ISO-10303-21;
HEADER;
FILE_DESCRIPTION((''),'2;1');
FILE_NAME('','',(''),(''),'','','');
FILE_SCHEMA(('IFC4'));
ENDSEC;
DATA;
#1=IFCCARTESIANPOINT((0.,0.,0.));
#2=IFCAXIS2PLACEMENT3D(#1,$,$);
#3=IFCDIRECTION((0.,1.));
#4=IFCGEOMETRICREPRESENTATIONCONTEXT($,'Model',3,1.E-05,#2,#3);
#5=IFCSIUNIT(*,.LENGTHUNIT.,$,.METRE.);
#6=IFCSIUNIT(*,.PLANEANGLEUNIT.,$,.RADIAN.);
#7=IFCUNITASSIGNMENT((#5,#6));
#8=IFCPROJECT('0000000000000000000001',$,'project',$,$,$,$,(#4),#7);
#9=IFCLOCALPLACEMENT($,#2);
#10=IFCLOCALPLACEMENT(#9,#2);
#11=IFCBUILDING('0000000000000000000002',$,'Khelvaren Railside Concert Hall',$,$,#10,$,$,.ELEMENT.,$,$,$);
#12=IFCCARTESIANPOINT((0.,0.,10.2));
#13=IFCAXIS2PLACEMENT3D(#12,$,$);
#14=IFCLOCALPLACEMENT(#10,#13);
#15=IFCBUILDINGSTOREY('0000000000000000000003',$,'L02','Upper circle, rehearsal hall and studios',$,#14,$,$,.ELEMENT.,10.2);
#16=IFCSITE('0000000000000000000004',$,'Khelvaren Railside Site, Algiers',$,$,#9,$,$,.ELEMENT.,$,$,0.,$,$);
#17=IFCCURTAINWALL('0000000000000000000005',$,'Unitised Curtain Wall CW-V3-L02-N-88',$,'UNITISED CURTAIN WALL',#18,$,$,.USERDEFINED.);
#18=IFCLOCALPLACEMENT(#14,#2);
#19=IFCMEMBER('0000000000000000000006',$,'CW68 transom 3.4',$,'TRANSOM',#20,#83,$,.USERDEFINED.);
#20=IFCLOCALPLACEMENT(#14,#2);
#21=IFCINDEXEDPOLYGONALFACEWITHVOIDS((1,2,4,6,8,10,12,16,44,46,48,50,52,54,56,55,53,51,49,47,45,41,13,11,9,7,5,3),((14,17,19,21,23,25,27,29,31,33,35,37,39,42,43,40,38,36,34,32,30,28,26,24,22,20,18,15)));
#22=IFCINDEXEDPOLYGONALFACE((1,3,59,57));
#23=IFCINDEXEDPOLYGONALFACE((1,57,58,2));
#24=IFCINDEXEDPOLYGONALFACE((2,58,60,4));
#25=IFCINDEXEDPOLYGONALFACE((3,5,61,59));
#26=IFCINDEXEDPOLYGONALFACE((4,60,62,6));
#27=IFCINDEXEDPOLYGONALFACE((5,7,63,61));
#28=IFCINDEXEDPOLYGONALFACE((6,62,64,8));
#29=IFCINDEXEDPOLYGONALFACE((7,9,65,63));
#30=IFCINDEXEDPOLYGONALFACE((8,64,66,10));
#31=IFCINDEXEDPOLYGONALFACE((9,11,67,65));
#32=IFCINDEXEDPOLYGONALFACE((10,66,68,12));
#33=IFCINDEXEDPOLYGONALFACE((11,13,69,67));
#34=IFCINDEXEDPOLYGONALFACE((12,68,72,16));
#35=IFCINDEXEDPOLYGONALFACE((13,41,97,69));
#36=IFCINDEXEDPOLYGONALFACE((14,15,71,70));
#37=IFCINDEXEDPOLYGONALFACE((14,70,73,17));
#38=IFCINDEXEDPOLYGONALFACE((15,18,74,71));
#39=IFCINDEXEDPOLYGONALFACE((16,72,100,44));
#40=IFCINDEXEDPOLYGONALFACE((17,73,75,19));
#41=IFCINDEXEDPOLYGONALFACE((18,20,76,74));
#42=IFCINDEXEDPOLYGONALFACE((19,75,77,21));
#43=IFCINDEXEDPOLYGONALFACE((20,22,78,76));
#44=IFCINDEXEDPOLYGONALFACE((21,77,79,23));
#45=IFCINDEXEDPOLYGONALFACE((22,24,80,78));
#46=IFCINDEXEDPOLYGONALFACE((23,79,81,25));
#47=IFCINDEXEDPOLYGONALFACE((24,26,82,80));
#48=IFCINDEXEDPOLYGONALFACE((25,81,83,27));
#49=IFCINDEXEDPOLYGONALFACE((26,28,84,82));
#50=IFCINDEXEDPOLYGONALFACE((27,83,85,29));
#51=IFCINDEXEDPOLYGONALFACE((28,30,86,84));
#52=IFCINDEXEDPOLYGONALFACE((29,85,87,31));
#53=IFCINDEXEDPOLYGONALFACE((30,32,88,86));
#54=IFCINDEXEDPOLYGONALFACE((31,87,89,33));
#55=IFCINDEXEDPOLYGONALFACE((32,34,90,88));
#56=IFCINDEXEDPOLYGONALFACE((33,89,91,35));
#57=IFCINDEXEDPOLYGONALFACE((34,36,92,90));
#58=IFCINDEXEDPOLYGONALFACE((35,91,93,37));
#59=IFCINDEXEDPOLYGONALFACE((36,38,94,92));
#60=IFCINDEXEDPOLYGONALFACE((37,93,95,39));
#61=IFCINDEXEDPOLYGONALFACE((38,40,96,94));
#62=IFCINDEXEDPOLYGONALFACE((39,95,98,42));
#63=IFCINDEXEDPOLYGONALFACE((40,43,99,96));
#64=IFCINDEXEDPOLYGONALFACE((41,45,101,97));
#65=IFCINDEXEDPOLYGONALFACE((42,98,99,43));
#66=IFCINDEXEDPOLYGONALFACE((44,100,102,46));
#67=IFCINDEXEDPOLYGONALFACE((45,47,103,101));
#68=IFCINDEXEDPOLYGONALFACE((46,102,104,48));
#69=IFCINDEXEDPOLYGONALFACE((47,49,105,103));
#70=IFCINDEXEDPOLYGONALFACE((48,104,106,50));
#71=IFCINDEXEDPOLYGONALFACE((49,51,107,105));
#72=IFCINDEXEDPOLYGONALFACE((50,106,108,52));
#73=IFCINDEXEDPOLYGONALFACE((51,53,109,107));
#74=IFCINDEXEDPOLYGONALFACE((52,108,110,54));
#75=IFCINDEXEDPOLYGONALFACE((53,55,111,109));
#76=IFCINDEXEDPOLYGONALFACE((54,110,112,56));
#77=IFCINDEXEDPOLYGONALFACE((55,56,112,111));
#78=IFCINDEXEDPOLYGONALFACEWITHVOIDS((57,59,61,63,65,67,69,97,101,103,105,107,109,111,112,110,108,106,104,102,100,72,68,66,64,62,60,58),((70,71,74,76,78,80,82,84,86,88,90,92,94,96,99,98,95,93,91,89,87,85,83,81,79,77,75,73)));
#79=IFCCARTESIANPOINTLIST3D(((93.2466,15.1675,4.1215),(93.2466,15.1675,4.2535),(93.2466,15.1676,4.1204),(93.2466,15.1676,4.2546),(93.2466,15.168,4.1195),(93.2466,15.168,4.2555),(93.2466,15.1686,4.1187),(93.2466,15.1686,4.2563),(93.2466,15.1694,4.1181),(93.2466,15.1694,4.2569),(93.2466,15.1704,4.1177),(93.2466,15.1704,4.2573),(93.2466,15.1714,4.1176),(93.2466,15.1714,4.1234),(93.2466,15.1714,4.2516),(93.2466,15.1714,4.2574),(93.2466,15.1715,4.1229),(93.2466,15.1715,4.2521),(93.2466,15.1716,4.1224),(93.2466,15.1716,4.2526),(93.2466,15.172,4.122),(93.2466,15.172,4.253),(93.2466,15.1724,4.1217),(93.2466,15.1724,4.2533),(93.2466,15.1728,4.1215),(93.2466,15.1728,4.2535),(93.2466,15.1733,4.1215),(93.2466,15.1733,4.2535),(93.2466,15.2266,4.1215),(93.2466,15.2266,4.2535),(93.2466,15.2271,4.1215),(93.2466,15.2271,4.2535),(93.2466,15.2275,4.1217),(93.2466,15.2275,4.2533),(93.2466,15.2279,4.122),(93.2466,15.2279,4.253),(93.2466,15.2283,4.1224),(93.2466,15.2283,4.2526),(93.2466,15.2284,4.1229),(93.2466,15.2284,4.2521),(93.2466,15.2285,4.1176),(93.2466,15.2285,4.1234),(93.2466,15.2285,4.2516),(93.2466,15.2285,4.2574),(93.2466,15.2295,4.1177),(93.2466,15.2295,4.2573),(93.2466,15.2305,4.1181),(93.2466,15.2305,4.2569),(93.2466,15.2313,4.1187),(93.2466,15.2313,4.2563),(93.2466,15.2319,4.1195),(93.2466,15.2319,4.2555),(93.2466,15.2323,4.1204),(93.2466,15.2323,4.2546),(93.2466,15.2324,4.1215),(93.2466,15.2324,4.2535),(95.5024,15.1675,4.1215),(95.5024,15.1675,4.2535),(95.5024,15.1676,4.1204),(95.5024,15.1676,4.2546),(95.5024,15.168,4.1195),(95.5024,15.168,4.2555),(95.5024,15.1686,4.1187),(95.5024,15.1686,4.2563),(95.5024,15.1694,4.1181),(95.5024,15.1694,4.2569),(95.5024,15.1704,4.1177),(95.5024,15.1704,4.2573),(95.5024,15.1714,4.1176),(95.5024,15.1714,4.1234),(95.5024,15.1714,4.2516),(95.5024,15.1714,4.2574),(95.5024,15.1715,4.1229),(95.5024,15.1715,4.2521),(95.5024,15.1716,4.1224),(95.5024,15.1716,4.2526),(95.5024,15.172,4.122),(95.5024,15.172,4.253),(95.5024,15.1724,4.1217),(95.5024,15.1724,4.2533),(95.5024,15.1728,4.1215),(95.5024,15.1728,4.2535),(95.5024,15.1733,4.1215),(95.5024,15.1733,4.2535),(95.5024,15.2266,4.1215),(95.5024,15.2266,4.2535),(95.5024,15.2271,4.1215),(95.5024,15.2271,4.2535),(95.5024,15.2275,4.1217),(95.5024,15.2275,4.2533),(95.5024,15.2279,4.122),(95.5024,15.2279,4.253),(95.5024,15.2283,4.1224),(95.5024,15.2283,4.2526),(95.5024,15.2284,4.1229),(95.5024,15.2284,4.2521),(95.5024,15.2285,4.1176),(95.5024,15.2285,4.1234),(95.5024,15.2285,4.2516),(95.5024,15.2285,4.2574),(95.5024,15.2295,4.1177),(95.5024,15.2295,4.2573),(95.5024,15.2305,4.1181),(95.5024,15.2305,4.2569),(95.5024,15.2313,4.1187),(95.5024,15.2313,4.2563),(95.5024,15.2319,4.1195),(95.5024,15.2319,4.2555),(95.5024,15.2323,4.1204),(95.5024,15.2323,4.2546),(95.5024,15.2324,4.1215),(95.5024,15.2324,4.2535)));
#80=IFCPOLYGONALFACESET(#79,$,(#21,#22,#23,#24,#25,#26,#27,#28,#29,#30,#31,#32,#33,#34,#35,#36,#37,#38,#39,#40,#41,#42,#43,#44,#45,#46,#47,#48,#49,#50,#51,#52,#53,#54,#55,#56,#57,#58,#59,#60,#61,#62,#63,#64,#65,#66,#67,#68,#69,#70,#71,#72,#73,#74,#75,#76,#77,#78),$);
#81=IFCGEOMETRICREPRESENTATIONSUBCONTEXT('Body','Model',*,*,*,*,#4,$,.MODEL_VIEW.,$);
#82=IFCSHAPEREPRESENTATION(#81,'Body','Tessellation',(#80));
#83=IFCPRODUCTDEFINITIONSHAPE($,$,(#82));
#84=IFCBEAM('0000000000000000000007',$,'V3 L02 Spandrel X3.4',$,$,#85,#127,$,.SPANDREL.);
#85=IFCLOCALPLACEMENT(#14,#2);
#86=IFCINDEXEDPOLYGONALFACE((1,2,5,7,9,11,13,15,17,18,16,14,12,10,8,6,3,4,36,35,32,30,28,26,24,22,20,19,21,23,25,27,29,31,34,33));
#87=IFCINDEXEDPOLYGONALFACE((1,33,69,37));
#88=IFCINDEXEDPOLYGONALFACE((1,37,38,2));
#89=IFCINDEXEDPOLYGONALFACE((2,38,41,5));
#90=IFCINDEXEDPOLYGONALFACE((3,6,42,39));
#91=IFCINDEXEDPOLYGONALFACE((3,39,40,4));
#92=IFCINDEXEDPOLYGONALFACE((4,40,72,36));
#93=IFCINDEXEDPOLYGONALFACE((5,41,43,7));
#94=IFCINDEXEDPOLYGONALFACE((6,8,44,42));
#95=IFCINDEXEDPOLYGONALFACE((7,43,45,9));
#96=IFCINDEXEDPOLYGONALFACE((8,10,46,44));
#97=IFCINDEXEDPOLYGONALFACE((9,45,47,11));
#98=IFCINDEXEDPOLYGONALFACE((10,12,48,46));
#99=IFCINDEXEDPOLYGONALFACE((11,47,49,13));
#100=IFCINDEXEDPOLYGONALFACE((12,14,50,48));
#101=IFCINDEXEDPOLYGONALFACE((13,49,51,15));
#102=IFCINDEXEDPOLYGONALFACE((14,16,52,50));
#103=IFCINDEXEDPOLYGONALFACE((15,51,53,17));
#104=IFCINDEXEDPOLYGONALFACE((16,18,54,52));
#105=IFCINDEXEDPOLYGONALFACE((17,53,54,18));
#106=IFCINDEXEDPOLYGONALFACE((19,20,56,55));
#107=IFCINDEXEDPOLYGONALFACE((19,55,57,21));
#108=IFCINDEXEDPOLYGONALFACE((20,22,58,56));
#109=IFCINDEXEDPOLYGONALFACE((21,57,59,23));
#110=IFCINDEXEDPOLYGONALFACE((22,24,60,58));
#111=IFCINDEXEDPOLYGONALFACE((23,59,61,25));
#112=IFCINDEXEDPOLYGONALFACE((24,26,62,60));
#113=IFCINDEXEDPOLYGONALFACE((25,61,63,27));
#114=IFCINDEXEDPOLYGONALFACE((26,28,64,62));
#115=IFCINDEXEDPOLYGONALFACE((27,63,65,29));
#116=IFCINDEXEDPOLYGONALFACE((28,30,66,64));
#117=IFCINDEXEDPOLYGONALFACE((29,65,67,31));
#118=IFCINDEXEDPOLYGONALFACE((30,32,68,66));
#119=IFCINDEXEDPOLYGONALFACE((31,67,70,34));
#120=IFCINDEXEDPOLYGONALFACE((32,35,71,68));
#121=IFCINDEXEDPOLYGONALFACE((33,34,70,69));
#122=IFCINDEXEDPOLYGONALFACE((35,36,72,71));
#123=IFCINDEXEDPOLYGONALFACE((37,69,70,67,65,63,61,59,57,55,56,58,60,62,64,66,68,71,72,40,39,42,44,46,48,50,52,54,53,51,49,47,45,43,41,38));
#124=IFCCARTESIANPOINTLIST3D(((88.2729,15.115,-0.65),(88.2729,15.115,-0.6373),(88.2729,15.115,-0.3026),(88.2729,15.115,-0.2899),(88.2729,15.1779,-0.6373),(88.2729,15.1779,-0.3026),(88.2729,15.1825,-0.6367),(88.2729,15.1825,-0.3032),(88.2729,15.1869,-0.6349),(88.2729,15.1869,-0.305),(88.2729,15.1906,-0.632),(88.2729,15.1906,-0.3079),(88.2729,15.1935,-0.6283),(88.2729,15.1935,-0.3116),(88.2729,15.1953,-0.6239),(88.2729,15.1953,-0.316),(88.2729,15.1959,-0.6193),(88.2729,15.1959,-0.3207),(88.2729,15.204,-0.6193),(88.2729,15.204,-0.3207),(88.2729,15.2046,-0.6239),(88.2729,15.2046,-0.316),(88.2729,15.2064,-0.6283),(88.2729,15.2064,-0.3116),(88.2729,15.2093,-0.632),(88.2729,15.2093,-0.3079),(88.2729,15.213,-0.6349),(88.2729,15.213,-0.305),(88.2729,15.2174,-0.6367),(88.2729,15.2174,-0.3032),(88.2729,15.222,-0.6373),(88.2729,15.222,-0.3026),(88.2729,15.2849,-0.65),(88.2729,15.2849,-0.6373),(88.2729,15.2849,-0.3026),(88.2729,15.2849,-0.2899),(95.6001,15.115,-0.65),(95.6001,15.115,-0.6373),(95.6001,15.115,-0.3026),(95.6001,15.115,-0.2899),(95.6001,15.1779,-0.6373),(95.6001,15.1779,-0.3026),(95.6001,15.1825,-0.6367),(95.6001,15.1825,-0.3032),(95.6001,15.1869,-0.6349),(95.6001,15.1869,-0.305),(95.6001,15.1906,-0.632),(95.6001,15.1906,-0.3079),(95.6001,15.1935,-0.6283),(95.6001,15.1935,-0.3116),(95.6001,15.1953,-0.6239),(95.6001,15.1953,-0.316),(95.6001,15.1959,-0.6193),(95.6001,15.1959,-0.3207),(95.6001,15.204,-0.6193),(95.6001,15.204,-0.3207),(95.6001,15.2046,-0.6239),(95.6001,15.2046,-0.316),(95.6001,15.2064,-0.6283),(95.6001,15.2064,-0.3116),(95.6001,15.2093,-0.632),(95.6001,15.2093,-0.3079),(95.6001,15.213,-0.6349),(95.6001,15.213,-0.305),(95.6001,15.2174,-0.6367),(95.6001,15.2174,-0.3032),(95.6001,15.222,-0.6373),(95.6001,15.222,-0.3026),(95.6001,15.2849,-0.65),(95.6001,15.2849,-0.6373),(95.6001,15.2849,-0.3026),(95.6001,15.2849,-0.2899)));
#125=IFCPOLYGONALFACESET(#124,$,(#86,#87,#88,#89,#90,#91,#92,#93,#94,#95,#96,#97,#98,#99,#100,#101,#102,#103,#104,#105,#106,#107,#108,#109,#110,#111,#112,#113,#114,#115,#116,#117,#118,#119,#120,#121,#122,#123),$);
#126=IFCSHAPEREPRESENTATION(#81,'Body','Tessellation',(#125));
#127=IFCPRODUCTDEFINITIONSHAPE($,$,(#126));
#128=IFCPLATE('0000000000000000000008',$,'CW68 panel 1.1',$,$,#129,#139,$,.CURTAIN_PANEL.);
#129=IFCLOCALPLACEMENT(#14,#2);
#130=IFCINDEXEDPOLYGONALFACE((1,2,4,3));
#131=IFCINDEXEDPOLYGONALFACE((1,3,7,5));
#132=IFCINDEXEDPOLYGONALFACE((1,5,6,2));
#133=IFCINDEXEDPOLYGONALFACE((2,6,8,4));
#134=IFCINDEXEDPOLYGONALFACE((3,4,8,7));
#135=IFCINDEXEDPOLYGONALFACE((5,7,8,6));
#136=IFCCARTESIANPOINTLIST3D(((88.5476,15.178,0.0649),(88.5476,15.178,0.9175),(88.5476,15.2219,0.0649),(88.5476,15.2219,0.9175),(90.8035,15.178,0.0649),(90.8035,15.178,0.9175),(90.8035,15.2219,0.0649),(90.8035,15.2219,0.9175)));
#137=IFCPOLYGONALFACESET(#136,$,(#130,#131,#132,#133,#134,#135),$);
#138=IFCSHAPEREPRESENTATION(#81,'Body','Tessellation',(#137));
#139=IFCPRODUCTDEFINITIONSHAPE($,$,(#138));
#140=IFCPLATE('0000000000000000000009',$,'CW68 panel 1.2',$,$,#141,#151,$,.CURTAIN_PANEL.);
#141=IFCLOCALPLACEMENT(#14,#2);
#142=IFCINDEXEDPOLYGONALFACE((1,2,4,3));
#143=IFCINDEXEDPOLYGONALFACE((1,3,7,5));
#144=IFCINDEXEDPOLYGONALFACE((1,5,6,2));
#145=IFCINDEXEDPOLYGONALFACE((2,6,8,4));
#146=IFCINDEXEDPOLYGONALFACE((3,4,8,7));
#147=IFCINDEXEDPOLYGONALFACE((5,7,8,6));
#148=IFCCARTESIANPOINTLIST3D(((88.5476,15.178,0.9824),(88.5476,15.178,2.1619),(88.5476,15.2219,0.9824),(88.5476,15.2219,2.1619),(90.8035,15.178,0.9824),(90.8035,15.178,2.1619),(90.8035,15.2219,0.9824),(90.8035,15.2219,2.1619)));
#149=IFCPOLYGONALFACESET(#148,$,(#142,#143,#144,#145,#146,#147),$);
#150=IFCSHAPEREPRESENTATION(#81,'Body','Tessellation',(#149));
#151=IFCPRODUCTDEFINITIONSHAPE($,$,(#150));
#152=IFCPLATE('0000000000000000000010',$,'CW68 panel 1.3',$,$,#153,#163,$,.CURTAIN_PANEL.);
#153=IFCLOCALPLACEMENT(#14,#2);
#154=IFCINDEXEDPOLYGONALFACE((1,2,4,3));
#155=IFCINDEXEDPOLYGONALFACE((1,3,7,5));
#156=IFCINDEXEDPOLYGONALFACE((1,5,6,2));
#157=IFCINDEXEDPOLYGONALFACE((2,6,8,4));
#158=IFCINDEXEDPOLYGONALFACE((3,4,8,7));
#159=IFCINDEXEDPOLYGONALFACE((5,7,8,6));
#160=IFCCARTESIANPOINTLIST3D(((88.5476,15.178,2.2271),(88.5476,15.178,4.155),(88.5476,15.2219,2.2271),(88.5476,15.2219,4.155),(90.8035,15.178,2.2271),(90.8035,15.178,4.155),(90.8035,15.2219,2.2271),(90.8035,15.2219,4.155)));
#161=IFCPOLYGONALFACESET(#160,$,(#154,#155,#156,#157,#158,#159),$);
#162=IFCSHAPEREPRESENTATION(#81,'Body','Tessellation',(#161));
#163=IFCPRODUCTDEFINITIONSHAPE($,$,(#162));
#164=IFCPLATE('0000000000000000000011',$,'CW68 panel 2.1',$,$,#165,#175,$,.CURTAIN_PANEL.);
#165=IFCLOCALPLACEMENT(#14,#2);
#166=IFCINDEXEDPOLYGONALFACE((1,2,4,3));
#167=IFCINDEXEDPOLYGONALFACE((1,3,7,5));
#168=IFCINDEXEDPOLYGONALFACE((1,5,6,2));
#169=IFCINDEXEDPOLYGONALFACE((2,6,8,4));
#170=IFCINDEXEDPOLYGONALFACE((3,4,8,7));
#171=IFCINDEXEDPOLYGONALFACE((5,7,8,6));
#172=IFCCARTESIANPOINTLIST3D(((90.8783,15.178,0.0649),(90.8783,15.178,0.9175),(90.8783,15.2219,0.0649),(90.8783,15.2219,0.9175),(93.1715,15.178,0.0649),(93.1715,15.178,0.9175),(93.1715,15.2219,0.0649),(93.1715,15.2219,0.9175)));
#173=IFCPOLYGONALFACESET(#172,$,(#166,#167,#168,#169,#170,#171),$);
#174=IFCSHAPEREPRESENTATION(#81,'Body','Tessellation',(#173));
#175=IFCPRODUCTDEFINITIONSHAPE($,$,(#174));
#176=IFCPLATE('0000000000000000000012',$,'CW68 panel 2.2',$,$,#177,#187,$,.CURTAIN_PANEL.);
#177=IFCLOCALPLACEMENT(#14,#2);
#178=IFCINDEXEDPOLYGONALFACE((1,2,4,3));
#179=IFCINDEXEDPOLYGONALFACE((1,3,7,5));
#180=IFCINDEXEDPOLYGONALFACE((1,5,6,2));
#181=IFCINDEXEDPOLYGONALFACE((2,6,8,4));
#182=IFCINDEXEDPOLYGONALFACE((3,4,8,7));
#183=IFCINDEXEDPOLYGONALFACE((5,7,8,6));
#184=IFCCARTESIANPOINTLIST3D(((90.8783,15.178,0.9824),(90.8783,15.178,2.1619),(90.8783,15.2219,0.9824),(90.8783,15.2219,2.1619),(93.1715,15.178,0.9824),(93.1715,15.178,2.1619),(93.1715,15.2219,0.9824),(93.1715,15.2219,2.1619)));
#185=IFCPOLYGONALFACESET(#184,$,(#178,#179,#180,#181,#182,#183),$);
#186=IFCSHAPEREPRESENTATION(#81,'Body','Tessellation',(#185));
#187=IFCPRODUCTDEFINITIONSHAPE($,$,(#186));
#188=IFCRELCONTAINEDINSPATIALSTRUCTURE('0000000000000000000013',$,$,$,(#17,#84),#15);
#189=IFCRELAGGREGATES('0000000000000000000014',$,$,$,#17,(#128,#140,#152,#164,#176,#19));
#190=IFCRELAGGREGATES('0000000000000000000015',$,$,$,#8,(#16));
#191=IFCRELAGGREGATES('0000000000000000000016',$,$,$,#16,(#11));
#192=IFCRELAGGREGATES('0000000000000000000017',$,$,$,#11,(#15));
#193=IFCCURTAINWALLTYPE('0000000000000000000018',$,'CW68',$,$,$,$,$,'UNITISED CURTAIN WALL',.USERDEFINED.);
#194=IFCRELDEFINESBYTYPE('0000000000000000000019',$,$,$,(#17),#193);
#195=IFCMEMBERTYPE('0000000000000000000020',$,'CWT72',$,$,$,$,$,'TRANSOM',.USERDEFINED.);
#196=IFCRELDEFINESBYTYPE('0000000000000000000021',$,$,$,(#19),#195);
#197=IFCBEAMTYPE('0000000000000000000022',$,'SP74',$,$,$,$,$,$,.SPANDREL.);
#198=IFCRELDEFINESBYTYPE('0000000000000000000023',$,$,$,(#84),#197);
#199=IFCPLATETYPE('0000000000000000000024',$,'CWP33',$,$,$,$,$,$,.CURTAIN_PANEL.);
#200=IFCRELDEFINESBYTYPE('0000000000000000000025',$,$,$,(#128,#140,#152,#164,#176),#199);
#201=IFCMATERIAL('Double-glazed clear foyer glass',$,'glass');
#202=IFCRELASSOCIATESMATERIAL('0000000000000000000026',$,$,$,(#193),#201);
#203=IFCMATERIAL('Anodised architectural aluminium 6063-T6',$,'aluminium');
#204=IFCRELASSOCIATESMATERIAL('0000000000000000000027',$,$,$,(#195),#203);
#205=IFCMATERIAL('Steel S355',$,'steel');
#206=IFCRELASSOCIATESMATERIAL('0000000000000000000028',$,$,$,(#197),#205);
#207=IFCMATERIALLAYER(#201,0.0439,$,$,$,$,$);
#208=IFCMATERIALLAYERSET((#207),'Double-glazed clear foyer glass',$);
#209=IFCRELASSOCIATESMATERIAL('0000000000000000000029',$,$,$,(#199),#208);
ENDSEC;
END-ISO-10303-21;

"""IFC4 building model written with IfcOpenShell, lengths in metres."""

from ifc_helpers import new_model, si_unit, direction, frame, origin, origin_2d, place, context, subcontext, project, spatial, rectangle, hollow_rectangle, i_section, extrude, material, layer, layer_set, material_profile, profile_set, type_object, element, aggregate, save


model = new_model("IFC4")

# Units and contexts
model_context = context("Model", 3, precision=1e-05, world=origin(), true_north=direction((0.0, 1.0)))
body_context = subcontext(model_context, "Body", "Model", "MODEL_VIEW")
ifc_project = project(units=[si_unit("LENGTHUNIT", "METRE"), si_unit("PLANEANGLEUNIT", "RADIAN")], contexts=[model_context])

# Site, building, storey
site_placement = place(None, origin())
site = spatial("IfcSite", under=ifc_project, at=site_placement, Name="Khelvaren Railside Site, Algiers", CompositionType="ELEMENT", RefElevation=0.0)
building_placement = place(site_placement, origin())
building = spatial("IfcBuilding", under=site, at=building_placement, Name="Khelvaren Railside Concert Hall", CompositionType="ELEMENT")
storey_placement = place(building_placement, frame((0.0, 0.0, 10.2)))
storey = spatial("IfcBuildingStorey", under=building, at=storey_placement, Name="L02", Description="Upper circle, rehearsal hall and studios", CompositionType="ELEMENT", Elevation=10.2)

# Curtain wall, member
ifc_material_1 = material(Name="Double-glazed clear foyer glass", Category="glass")
curtain_wall_type = type_object("IfcCurtainWallType", Name="CW68", ElementType="UNITISED CURTAIN WALL", PredefinedType="USERDEFINED", material=ifc_material_1)
curtain_wall_placement = place(storey_placement, origin())
curtain_wall = element("IfcCurtainWall", 1, at=curtain_wall_placement, inside=storey, type_object=curtain_wall_type, Name="Unitised Curtain Wall CW-V3-L02-N-88", ObjectType="UNITISED CURTAIN WALL", PredefinedType="USERDEFINED")
ifc_material_2 = material(Name="Anodised architectural aluminium 6063-T6", Category="aluminium")
ifc_material_profile_1 = material_profile(ifc_material_2, hollow_rectangle(XDim=0.0649, YDim=0.1399, WallThickness=0.0039, InnerFilletRadius=0.002, OuterFilletRadius=0.0039, at=origin_2d()), Name="CWT 65x140x4")
ifc_profile_set_1 = profile_set([ifc_material_profile_1], Name="Anodised architectural aluminium 6063-T6")
member_type_1 = type_object("IfcMemberType", Name="CWT72", ElementType="TRANSOM", PredefinedType="USERDEFINED", material=ifc_profile_set_1)
member_1_placement = place(storey_placement, frame((93.2466, 15.2, 4.1875), z_axis=(1.0, 0.0, 0.0), x_axis=(0.0, 1.0, 0.0)))
member_1 = element("IfcMember", 2, at=member_1_placement, type_object=member_type_1, Name="CW68 transom 3.4", ObjectType="TRANSOM", PredefinedType="USERDEFINED", context=body_context, shape_type="SweptSolid", body=[
    extrude(hollow_rectangle(XDim=0.0649, YDim=0.1399, WallThickness=0.0039, InnerFilletRadius=0.002, OuterFilletRadius=0.0039, at=origin_2d()), origin(), (0.0, 0.0, 1.0), 2.2559),
])

# Beam
ifc_material_3 = material(Name="Steel S355", Category="steel")
ifc_material_profile_2 = material_profile(ifc_material_3, i_section(OverallWidth=0.1699, OverallDepth=0.3601, WebThickness=0.0081, FlangeThickness=0.0127, FilletRadius=0.0181, at=origin_2d()), Name="IPE 360")
ifc_profile_set_2 = profile_set([ifc_material_profile_2], Name="Steel S355")
beam_type = type_object("IfcBeamType", Name="SP74", PredefinedType="SPANDREL", material=ifc_profile_set_2)
beam_placement = place(storey_placement, frame((88.2729, 15.2, -0.47), z_axis=(1.0, 0.0, 0.0), x_axis=(0.0, 1.0, 0.0)))
element("IfcBeam", 3, at=beam_placement, inside=storey, type_object=beam_type, Name="V3 L02 Spandrel X3.4", PredefinedType="SPANDREL", context=body_context, shape_type="SweptSolid", body=[
    extrude(i_section(OverallWidth=0.1699, OverallDepth=0.3601, WebThickness=0.0081, FlangeThickness=0.0127, FilletRadius=0.0181, at=origin_2d()), origin(), (0.0, 0.0, 1.0), 7.3271),
])

# Plates
ifc_layer = layer(ifc_material_1, 0.0439)
ifc_layer_set = layer_set([ifc_layer], Name="Double-glazed clear foyer glass")
plate_type = type_object("IfcPlateType", Name="CWP33", PredefinedType="CURTAIN_PANEL", material=ifc_layer_set)
plate_1_placement = place(storey_placement, frame((89.6755, 15.2, 0.0649), z_axis=(0.0, 0.0, 1.0), x_axis=(1.0, 0.0, 0.0)))
plate_1 = element("IfcPlate", 4, at=plate_1_placement, type_object=plate_type, Name="CW68 panel 1.1", PredefinedType="CURTAIN_PANEL", context=body_context, shape_type="SweptSolid", body=[
    extrude(rectangle(XDim=2.2559, YDim=0.0439, at=origin_2d()), origin(), (0.0, 0.0, 1.0), 0.8525),
])
plate_2_placement = place(storey_placement, frame((89.6755, 15.2, 0.9824), z_axis=(0.0, 0.0, 1.0), x_axis=(1.0, 0.0, 0.0)))
plate_2 = element("IfcPlate", 5, at=plate_2_placement, type_object=plate_type, Name="CW68 panel 1.2", PredefinedType="CURTAIN_PANEL", context=body_context, shape_type="SweptSolid", body=[
    extrude(rectangle(XDim=2.2559, YDim=0.0439, at=origin_2d()), origin(), (0.0, 0.0, 1.0), 1.1794),
])
plate_3_placement = place(storey_placement, frame((89.6755, 15.2, 2.2271), z_axis=(0.0, 0.0, 1.0), x_axis=(1.0, 0.0, 0.0)))
plate_3 = element("IfcPlate", 6, at=plate_3_placement, type_object=plate_type, Name="CW68 panel 1.3", PredefinedType="CURTAIN_PANEL", context=body_context, shape_type="SweptSolid", body=[
    extrude(rectangle(XDim=2.2559, YDim=0.0439, at=origin_2d()), origin(), (0.0, 0.0, 1.0), 1.928),
])
plate_4_placement = place(storey_placement, frame((92.0249, 15.2, 0.0649), z_axis=(0.0, 0.0, 1.0), x_axis=(1.0, 0.0, 0.0)))
plate_4 = element("IfcPlate", 7, at=plate_4_placement, type_object=plate_type, Name="CW68 panel 2.1", PredefinedType="CURTAIN_PANEL", context=body_context, shape_type="SweptSolid", body=[
    extrude(rectangle(XDim=2.2932, YDim=0.0439, at=origin_2d()), origin(), (0.0, 0.0, 1.0), 0.8525),
])
plate_5_placement = place(storey_placement, frame((92.0249, 15.2, 0.9824), z_axis=(0.0, 0.0, 1.0), x_axis=(1.0, 0.0, 0.0)))
plate_5 = element("IfcPlate", 8, at=plate_5_placement, type_object=plate_type, Name="CW68 panel 2.2", PredefinedType="CURTAIN_PANEL", context=body_context, shape_type="SweptSolid", body=[
    extrude(rectangle(XDim=2.2932, YDim=0.0439, at=origin_2d()), origin(), (0.0, 0.0, 1.0), 1.1794),
])
aggregate(curtain_wall, [plate_1, plate_2, plate_3, plate_4, plate_5, member_1])

save(model, "model.ifc")
